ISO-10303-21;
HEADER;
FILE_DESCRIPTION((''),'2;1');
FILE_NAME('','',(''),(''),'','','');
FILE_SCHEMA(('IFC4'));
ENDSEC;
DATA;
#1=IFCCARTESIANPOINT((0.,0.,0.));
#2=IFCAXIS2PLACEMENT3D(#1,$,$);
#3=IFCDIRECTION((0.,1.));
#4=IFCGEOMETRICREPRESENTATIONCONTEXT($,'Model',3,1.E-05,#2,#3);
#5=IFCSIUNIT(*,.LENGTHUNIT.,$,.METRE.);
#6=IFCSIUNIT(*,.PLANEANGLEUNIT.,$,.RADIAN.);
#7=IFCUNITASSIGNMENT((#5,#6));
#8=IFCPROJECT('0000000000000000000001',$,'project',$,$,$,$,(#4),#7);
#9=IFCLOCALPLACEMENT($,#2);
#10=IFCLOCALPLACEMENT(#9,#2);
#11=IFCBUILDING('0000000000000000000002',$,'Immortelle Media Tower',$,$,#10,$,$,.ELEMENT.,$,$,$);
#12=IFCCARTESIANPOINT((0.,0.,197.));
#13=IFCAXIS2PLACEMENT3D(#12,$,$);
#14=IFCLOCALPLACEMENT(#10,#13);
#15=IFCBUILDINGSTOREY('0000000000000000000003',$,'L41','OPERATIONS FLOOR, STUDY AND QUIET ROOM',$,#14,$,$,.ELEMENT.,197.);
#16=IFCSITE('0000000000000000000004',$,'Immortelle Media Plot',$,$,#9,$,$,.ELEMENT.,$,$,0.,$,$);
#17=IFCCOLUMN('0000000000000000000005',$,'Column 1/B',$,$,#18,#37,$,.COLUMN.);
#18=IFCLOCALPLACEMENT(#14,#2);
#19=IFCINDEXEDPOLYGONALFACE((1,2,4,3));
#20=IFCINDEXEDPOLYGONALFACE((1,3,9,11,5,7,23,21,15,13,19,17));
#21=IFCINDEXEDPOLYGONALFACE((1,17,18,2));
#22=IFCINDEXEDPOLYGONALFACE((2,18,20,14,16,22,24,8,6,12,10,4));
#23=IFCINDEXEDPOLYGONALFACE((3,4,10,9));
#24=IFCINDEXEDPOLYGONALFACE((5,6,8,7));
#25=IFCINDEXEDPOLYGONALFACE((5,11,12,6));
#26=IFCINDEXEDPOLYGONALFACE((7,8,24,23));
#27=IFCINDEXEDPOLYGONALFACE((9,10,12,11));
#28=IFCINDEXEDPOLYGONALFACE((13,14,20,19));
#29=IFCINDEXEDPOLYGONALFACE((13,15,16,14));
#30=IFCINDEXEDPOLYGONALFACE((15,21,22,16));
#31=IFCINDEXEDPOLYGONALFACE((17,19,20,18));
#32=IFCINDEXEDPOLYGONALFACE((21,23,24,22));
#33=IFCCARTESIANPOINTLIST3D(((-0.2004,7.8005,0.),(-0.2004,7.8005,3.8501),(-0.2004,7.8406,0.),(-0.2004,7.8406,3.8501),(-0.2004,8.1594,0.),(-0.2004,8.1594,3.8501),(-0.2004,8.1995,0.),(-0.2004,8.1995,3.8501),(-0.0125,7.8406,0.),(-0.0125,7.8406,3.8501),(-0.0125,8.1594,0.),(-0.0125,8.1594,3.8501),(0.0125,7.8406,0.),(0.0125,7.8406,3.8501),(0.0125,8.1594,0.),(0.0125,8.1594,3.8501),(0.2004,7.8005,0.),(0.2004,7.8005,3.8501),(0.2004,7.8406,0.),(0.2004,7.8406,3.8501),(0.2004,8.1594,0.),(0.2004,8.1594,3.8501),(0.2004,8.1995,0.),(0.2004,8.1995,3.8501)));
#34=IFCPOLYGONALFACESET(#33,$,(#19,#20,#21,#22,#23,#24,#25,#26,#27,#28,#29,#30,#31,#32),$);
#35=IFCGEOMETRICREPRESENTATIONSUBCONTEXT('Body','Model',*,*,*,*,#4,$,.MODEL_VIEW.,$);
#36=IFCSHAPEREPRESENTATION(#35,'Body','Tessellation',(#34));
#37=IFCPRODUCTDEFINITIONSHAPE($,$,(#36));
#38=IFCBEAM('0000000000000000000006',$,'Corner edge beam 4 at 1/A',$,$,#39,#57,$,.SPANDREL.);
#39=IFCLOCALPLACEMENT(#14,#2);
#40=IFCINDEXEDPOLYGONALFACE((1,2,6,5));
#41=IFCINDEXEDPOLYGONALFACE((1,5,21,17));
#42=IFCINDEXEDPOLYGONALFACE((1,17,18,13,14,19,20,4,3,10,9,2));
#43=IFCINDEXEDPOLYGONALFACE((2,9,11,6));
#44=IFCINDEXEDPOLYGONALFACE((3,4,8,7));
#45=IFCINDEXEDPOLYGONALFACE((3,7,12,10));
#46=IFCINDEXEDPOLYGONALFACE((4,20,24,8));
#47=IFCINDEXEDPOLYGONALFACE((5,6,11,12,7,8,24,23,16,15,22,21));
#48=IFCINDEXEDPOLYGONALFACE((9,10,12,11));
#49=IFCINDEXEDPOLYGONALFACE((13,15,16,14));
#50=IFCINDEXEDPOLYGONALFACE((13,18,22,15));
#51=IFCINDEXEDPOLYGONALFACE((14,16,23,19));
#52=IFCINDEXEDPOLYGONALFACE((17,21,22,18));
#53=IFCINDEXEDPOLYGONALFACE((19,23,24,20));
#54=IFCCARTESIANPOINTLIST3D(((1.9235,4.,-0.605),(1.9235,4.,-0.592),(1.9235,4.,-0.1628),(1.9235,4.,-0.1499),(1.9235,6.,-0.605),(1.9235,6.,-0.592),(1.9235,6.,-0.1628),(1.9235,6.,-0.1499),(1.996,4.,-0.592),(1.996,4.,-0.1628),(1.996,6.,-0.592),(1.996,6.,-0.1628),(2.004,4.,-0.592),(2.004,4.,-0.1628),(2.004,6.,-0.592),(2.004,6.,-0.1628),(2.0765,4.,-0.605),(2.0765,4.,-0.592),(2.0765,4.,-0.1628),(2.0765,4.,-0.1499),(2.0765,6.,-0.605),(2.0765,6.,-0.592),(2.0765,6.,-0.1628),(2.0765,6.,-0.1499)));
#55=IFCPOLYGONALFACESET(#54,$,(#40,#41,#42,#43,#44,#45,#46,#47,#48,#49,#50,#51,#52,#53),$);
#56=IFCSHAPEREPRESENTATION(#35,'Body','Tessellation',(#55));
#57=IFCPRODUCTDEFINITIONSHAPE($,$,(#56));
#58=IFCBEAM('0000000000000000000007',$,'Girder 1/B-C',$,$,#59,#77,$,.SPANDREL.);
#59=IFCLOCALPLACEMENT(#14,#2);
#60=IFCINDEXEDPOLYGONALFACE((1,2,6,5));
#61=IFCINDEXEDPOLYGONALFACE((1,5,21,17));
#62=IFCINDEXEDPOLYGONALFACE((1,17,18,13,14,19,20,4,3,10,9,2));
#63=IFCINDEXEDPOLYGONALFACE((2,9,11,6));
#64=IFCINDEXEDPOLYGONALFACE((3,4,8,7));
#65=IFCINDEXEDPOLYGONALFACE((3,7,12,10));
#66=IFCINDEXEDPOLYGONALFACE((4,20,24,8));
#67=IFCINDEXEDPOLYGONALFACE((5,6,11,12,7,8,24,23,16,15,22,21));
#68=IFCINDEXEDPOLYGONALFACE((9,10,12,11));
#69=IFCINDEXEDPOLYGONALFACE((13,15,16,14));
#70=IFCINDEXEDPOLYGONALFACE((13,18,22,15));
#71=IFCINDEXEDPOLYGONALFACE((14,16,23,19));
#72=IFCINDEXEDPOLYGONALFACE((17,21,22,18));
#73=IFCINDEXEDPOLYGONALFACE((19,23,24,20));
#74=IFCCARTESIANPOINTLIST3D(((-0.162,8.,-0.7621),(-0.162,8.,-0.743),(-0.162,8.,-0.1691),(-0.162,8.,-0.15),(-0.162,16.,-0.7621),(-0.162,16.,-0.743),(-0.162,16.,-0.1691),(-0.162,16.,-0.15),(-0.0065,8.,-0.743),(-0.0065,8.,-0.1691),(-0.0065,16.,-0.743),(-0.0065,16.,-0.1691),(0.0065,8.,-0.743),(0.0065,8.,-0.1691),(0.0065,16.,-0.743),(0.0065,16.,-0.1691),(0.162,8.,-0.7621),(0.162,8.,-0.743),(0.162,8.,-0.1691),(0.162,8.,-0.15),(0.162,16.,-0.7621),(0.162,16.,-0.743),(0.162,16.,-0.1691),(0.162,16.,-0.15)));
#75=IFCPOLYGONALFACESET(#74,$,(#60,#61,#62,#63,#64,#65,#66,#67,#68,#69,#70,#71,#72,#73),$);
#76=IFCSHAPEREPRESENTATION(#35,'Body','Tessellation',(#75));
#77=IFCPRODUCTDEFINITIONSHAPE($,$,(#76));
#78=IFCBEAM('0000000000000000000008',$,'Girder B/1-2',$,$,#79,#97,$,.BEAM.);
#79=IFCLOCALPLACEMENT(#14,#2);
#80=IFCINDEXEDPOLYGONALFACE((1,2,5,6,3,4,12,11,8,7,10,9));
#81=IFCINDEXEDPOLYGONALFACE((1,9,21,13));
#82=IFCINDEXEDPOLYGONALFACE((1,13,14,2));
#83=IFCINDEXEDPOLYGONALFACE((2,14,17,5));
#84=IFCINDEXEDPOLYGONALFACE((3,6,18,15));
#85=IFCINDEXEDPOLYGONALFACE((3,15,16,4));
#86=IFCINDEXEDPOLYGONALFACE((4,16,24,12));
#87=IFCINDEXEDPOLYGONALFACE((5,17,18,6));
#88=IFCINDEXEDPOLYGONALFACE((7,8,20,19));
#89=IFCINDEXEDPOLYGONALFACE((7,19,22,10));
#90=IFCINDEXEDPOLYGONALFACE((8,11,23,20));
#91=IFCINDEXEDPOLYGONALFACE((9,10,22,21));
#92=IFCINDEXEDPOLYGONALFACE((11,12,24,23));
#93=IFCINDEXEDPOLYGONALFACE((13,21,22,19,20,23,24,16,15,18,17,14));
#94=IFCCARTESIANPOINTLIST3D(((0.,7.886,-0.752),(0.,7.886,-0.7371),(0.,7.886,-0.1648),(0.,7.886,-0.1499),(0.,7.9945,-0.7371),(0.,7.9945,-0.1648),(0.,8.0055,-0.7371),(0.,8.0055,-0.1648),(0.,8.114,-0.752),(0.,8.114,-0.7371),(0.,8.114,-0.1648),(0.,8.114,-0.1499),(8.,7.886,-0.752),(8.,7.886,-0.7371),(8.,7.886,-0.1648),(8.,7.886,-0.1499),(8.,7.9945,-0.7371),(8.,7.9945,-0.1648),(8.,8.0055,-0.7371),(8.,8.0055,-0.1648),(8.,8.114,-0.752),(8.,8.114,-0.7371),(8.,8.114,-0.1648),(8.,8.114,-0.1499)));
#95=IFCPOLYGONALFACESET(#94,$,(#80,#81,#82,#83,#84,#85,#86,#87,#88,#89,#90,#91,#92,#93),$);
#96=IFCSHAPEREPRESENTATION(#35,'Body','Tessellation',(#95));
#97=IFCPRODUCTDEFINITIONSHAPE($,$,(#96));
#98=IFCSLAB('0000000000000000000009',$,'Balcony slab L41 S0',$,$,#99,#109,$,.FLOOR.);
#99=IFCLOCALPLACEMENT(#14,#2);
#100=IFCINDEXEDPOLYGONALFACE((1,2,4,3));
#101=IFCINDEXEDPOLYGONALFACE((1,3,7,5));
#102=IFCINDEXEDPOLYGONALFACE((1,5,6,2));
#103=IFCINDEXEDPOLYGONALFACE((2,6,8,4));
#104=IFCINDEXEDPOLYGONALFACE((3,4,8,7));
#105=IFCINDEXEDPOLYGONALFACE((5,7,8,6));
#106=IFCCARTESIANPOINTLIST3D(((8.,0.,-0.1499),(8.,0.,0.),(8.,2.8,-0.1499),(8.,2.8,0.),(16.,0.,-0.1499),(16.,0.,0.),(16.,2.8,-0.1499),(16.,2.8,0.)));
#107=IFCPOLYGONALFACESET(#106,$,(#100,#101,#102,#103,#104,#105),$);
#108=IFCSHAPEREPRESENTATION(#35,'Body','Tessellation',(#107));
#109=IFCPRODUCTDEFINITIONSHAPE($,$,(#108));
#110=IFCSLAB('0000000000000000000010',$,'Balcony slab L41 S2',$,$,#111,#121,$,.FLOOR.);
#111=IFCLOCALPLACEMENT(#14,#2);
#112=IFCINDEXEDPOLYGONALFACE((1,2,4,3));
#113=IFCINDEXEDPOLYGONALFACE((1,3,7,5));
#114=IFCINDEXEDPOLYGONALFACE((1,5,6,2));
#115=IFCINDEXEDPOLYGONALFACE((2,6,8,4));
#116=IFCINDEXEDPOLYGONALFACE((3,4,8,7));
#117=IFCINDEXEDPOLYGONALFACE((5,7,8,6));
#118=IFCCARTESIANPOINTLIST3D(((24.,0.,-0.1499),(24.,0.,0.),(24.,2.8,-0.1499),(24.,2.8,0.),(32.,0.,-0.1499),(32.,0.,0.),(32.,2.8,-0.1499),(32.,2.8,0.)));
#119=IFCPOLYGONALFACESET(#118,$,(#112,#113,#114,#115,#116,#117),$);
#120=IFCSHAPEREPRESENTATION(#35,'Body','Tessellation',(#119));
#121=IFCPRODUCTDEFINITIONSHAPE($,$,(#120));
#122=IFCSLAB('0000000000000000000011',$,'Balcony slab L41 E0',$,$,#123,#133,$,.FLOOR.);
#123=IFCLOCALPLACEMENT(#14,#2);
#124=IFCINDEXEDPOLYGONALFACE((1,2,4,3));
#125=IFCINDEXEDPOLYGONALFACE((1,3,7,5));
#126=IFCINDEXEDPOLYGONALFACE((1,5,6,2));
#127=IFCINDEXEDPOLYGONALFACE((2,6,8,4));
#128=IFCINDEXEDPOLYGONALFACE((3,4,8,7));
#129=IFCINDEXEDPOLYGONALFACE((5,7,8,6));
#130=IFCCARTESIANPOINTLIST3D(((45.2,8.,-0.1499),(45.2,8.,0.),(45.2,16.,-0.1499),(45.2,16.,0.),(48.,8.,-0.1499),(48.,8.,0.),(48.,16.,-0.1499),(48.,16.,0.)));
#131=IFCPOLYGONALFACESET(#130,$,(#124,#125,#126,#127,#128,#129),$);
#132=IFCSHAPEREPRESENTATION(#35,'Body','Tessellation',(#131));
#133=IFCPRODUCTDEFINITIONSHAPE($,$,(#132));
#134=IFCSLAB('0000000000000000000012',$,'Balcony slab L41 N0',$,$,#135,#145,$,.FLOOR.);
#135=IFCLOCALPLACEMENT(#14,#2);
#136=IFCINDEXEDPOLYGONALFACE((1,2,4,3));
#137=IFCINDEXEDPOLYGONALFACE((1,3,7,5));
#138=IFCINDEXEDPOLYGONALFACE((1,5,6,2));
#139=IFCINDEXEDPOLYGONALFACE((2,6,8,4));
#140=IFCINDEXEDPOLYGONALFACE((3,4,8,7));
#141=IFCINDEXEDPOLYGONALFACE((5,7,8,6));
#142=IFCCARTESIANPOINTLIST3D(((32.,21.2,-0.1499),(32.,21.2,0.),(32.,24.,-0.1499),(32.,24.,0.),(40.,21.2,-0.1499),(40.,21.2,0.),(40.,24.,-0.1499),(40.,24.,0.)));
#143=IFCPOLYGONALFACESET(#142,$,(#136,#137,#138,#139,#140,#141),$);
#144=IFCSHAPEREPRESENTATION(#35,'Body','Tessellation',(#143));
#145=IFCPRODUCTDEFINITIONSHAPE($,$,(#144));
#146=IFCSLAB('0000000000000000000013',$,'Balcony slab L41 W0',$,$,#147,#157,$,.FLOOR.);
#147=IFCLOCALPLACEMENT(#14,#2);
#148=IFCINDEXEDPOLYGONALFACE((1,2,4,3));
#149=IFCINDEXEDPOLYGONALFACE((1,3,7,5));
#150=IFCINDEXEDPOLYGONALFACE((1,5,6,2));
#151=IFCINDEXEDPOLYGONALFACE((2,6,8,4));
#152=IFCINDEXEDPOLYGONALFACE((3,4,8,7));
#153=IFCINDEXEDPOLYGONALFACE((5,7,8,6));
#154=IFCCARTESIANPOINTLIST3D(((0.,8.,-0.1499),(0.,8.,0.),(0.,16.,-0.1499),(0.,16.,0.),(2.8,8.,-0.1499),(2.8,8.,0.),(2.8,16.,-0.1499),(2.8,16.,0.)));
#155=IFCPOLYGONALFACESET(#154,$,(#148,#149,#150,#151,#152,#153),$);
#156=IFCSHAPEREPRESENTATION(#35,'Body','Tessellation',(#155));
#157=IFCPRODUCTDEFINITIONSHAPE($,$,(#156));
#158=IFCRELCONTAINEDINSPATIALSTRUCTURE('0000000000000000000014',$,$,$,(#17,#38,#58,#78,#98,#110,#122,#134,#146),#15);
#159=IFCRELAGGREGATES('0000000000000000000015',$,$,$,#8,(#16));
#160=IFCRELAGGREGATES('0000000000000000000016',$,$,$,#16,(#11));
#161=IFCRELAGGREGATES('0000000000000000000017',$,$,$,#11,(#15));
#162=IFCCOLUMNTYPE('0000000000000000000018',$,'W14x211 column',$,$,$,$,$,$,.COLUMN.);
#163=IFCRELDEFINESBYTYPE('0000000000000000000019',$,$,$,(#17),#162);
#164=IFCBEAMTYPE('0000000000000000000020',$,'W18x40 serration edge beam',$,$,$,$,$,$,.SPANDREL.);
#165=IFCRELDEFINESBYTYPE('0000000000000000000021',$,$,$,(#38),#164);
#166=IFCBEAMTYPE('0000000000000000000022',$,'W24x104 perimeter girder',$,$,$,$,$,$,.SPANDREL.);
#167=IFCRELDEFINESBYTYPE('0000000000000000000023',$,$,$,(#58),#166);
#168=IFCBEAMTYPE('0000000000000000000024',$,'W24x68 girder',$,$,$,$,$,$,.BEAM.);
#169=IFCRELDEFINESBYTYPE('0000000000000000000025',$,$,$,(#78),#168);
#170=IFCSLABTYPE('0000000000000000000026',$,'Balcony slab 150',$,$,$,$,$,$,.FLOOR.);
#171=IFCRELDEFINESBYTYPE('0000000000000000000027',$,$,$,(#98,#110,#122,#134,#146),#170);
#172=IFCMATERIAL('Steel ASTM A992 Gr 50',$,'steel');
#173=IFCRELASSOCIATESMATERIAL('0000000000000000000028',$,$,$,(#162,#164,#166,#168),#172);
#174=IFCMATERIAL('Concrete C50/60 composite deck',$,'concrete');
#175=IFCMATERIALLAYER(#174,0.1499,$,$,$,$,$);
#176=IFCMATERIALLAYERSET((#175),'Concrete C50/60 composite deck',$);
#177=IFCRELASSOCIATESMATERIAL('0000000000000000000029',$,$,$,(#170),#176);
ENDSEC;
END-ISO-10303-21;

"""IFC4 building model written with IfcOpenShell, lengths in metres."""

from ifc_helpers import new_model, si_unit, direction, frame, origin, origin_2d, place, context, subcontext, project, spatial, polyline, i_section, outline, extrude, material, layer, layer_set, material_profile, profile_set, type_object, element, save


model = new_model("IFC4")

# Units and contexts
model_context = context("Model", 3, precision=1e-05, world=origin(), true_north=direction((0.0, 1.0)))
body_context = subcontext(model_context, "Body", "Model", "MODEL_VIEW")
ifc_project = project(units=[si_unit("LENGTHUNIT", "METRE"), si_unit("PLANEANGLEUNIT", "RADIAN")], contexts=[model_context])

# Site, building, storey
site_placement = place(None, origin())
site = spatial("IfcSite", under=ifc_project, at=site_placement, Name="Immortelle Media Plot", CompositionType="ELEMENT", RefElevation=0.0)
building_placement = place(site_placement, origin())
building = spatial("IfcBuilding", under=site, at=building_placement, Name="Immortelle Media Tower", CompositionType="ELEMENT")
storey_placement = place(building_placement, frame((0.0, 0.0, 197.0)))
storey = spatial("IfcBuildingStorey", under=building, at=storey_placement, Name="L41", Description="OPERATIONS FLOOR, STUDY AND QUIET ROOM", CompositionType="ELEMENT", Elevation=197.0)

# Column
ifc_material_1 = material(Name="Steel ASTM A992 Gr 50", Category="steel")
ifc_material_profile_1 = material_profile(ifc_material_1, i_section(OverallWidth=0.4009, OverallDepth=0.3989, WebThickness=0.0249, FlangeThickness=0.04, at=origin_2d()), Name="W14x211")
ifc_profile_set_1 = profile_set([ifc_material_profile_1], Name="Steel ASTM A992 Gr 50")
column_type = type_object("IfcColumnType", Name="W14x211 column", PredefinedType="COLUMN", material=ifc_profile_set_1)
column_placement = place(storey_placement, frame((0.0, 8.0, 0.0), z_axis=(0.0, 0.0, 1.0), x_axis=(1.0, 0.0, 0.0)))
element("IfcColumn", 1, at=column_placement, inside=storey, type_object=column_type, Name="Column 1/B", PredefinedType="COLUMN", context=body_context, shape_type="SweptSolid", body=[
    extrude(i_section(OverallWidth=0.4009, OverallDepth=0.3989, WebThickness=0.0249, FlangeThickness=0.04, at=origin_2d()), origin(), (0.0, 0.0, 1.0), 3.8501),
])

# Beams
ifc_material_profile_2 = material_profile(ifc_material_1, i_section(OverallWidth=0.1531, OverallDepth=0.4551, WebThickness=0.0081, FlangeThickness=0.0129, at=origin_2d()), Name="W18x40")
ifc_profile_set_2 = profile_set([ifc_material_profile_2], Name="Steel ASTM A992 Gr 50")
beam_type_1 = type_object("IfcBeamType", Name="W18x40 serration edge beam", PredefinedType="SPANDREL", material=ifc_profile_set_2)
beam_1_placement = place(storey_placement, frame((2.0, 4.0, -0.3774), z_axis=(0.0, 1.0, 0.0), x_axis=(-1.0, 0.0, 0.0)))
element("IfcBeam", 2, at=beam_1_placement, inside=storey, type_object=beam_type_1, Name="Corner edge beam 4 at 1/A", PredefinedType="SPANDREL", context=body_context, shape_type="SweptSolid", body=[
    extrude(i_section(OverallWidth=0.1531, OverallDepth=0.4551, WebThickness=0.0081, FlangeThickness=0.0129, at=origin_2d()), origin(), (0.0, 0.0, 1.0), 2.0),
])
ifc_material_profile_3 = material_profile(ifc_material_1, i_section(OverallWidth=0.324, OverallDepth=0.6121, WebThickness=0.0129, FlangeThickness=0.019, at=origin_2d()), Name="W24x104")
ifc_profile_set_3 = profile_set([ifc_material_profile_3], Name="Steel ASTM A992 Gr 50")
beam_type_2 = type_object("IfcBeamType", Name="W24x104 perimeter girder", PredefinedType="SPANDREL", material=ifc_profile_set_3)
beam_2_placement = place(storey_placement, frame((0.0, 8.0, -0.4561), z_axis=(0.0, 1.0, 0.0), x_axis=(-1.0, 0.0, 0.0)))
element("IfcBeam", 3, at=beam_2_placement, inside=storey, type_object=beam_type_2, Name="Girder 1/B-C", PredefinedType="SPANDREL", context=body_context, shape_type="SweptSolid", body=[
    extrude(i_section(OverallWidth=0.324, OverallDepth=0.6121, WebThickness=0.0129, FlangeThickness=0.019, at=origin_2d()), origin(), (0.0, 0.0, 1.0), 8.0),
])
ifc_material_profile_4 = material_profile(ifc_material_1, i_section(OverallWidth=0.228, OverallDepth=0.6021, WebThickness=0.011, FlangeThickness=0.0149, at=origin_2d()), Name="W24x68")
ifc_profile_set_4 = profile_set([ifc_material_profile_4], Name="Steel ASTM A992 Gr 50")
beam_type_3 = type_object("IfcBeamType", Name="W24x68 girder", PredefinedType="BEAM", material=ifc_profile_set_4)
beam_3_placement = place(storey_placement, frame((0.0, 8.0, -0.4509), z_axis=(1.0, 0.0, 0.0), x_axis=(0.0, 1.0, 0.0)))
element("IfcBeam", 4, at=beam_3_placement, inside=storey, type_object=beam_type_3, Name="Girder B/1-2", PredefinedType="BEAM", context=body_context, shape_type="SweptSolid", body=[
    extrude(i_section(OverallWidth=0.228, OverallDepth=0.6021, WebThickness=0.011, FlangeThickness=0.0149, at=origin_2d()), origin(), (0.0, 0.0, 1.0), 8.0),
])

# Slabs
ifc_material_2 = material(Name="Concrete C50/60 composite deck", Category="concrete")
ifc_layer_1 = layer(ifc_material_2, 0.1499)
ifc_layer_set_1 = layer_set([ifc_layer_1], Name="Concrete C50/60 composite deck")
slab_type_1 = type_object("IfcSlabType", Name="Balcony slab 150", PredefinedType="FLOOR", material=ifc_layer_set_1)
slab_1_placement = place(storey_placement, frame((0.0, 0.0, -0.1499)))
element("IfcSlab", 5, at=slab_1_placement, inside=storey, type_object=slab_type_1, Name="Balcony slab L41 S0", PredefinedType="FLOOR", context=body_context, shape_type="SweptSolid", body=[
    extrude(outline(polyline([(16.0, 0.0), (16.0, 2.8), (8.0, 2.8), (8.0, 0.0), (16.0, 0.0)])), origin(), (0.0, 0.0, 1.0), 0.1499),
])
slab_2_placement = place(storey_placement, frame((0.0, 0.0, -0.1499)))
element("IfcSlab", 6, at=slab_2_placement, inside=storey, type_object=slab_type_1, Name="Balcony slab L41 S2", PredefinedType="FLOOR", context=body_context, shape_type="SweptSolid", body=[
    extrude(outline(polyline([(32.0, 0.0), (32.0, 2.8), (24.0, 2.8), (24.0, 0.0), (32.0, 0.0)])), origin(), (0.0, 0.0, 1.0), 0.1499),
])
slab_3_placement = place(storey_placement, frame((0.0, 0.0, -0.1499)))
element("IfcSlab", 7, at=slab_3_placement, inside=storey, type_object=slab_type_1, Name="Balcony slab L41 E0", PredefinedType="FLOOR", context=body_context, shape_type="SweptSolid", body=[
    extrude(outline(polyline([(48.0, 8.0), (48.0, 16.0), (45.2, 16.0), (45.2, 8.0), (48.0, 8.0)])), origin(), (0.0, 0.0, 1.0), 0.1499),
])
slab_4_placement = place(storey_placement, frame((0.0, 0.0, -0.1499)))
element("IfcSlab", 8, at=slab_4_placement, inside=storey, type_object=slab_type_1, Name="Balcony slab L41 N0", PredefinedType="FLOOR", context=body_context, shape_type="SweptSolid", body=[
    extrude(outline(polyline([(40.0, 21.2), (40.0, 24.0), (32.0, 24.0), (32.0, 21.2), (40.0, 21.2)])), origin(), (0.0, 0.0, 1.0), 0.1499),
])
slab_5_placement = place(storey_placement, frame((0.0, 0.0, -0.1499)))
element("IfcSlab", 9, at=slab_5_placement, inside=storey, type_object=slab_type_1, Name="Balcony slab L41 W0", PredefinedType="FLOOR", context=body_context, shape_type="SweptSolid", body=[
    extrude(outline(polyline([(2.8, 8.0), (2.8, 16.0), (0.0, 16.0), (0.0, 8.0), (2.8, 8.0)])), origin(), (0.0, 0.0, 1.0), 0.1499),
])

save(model, "model.ifc")
